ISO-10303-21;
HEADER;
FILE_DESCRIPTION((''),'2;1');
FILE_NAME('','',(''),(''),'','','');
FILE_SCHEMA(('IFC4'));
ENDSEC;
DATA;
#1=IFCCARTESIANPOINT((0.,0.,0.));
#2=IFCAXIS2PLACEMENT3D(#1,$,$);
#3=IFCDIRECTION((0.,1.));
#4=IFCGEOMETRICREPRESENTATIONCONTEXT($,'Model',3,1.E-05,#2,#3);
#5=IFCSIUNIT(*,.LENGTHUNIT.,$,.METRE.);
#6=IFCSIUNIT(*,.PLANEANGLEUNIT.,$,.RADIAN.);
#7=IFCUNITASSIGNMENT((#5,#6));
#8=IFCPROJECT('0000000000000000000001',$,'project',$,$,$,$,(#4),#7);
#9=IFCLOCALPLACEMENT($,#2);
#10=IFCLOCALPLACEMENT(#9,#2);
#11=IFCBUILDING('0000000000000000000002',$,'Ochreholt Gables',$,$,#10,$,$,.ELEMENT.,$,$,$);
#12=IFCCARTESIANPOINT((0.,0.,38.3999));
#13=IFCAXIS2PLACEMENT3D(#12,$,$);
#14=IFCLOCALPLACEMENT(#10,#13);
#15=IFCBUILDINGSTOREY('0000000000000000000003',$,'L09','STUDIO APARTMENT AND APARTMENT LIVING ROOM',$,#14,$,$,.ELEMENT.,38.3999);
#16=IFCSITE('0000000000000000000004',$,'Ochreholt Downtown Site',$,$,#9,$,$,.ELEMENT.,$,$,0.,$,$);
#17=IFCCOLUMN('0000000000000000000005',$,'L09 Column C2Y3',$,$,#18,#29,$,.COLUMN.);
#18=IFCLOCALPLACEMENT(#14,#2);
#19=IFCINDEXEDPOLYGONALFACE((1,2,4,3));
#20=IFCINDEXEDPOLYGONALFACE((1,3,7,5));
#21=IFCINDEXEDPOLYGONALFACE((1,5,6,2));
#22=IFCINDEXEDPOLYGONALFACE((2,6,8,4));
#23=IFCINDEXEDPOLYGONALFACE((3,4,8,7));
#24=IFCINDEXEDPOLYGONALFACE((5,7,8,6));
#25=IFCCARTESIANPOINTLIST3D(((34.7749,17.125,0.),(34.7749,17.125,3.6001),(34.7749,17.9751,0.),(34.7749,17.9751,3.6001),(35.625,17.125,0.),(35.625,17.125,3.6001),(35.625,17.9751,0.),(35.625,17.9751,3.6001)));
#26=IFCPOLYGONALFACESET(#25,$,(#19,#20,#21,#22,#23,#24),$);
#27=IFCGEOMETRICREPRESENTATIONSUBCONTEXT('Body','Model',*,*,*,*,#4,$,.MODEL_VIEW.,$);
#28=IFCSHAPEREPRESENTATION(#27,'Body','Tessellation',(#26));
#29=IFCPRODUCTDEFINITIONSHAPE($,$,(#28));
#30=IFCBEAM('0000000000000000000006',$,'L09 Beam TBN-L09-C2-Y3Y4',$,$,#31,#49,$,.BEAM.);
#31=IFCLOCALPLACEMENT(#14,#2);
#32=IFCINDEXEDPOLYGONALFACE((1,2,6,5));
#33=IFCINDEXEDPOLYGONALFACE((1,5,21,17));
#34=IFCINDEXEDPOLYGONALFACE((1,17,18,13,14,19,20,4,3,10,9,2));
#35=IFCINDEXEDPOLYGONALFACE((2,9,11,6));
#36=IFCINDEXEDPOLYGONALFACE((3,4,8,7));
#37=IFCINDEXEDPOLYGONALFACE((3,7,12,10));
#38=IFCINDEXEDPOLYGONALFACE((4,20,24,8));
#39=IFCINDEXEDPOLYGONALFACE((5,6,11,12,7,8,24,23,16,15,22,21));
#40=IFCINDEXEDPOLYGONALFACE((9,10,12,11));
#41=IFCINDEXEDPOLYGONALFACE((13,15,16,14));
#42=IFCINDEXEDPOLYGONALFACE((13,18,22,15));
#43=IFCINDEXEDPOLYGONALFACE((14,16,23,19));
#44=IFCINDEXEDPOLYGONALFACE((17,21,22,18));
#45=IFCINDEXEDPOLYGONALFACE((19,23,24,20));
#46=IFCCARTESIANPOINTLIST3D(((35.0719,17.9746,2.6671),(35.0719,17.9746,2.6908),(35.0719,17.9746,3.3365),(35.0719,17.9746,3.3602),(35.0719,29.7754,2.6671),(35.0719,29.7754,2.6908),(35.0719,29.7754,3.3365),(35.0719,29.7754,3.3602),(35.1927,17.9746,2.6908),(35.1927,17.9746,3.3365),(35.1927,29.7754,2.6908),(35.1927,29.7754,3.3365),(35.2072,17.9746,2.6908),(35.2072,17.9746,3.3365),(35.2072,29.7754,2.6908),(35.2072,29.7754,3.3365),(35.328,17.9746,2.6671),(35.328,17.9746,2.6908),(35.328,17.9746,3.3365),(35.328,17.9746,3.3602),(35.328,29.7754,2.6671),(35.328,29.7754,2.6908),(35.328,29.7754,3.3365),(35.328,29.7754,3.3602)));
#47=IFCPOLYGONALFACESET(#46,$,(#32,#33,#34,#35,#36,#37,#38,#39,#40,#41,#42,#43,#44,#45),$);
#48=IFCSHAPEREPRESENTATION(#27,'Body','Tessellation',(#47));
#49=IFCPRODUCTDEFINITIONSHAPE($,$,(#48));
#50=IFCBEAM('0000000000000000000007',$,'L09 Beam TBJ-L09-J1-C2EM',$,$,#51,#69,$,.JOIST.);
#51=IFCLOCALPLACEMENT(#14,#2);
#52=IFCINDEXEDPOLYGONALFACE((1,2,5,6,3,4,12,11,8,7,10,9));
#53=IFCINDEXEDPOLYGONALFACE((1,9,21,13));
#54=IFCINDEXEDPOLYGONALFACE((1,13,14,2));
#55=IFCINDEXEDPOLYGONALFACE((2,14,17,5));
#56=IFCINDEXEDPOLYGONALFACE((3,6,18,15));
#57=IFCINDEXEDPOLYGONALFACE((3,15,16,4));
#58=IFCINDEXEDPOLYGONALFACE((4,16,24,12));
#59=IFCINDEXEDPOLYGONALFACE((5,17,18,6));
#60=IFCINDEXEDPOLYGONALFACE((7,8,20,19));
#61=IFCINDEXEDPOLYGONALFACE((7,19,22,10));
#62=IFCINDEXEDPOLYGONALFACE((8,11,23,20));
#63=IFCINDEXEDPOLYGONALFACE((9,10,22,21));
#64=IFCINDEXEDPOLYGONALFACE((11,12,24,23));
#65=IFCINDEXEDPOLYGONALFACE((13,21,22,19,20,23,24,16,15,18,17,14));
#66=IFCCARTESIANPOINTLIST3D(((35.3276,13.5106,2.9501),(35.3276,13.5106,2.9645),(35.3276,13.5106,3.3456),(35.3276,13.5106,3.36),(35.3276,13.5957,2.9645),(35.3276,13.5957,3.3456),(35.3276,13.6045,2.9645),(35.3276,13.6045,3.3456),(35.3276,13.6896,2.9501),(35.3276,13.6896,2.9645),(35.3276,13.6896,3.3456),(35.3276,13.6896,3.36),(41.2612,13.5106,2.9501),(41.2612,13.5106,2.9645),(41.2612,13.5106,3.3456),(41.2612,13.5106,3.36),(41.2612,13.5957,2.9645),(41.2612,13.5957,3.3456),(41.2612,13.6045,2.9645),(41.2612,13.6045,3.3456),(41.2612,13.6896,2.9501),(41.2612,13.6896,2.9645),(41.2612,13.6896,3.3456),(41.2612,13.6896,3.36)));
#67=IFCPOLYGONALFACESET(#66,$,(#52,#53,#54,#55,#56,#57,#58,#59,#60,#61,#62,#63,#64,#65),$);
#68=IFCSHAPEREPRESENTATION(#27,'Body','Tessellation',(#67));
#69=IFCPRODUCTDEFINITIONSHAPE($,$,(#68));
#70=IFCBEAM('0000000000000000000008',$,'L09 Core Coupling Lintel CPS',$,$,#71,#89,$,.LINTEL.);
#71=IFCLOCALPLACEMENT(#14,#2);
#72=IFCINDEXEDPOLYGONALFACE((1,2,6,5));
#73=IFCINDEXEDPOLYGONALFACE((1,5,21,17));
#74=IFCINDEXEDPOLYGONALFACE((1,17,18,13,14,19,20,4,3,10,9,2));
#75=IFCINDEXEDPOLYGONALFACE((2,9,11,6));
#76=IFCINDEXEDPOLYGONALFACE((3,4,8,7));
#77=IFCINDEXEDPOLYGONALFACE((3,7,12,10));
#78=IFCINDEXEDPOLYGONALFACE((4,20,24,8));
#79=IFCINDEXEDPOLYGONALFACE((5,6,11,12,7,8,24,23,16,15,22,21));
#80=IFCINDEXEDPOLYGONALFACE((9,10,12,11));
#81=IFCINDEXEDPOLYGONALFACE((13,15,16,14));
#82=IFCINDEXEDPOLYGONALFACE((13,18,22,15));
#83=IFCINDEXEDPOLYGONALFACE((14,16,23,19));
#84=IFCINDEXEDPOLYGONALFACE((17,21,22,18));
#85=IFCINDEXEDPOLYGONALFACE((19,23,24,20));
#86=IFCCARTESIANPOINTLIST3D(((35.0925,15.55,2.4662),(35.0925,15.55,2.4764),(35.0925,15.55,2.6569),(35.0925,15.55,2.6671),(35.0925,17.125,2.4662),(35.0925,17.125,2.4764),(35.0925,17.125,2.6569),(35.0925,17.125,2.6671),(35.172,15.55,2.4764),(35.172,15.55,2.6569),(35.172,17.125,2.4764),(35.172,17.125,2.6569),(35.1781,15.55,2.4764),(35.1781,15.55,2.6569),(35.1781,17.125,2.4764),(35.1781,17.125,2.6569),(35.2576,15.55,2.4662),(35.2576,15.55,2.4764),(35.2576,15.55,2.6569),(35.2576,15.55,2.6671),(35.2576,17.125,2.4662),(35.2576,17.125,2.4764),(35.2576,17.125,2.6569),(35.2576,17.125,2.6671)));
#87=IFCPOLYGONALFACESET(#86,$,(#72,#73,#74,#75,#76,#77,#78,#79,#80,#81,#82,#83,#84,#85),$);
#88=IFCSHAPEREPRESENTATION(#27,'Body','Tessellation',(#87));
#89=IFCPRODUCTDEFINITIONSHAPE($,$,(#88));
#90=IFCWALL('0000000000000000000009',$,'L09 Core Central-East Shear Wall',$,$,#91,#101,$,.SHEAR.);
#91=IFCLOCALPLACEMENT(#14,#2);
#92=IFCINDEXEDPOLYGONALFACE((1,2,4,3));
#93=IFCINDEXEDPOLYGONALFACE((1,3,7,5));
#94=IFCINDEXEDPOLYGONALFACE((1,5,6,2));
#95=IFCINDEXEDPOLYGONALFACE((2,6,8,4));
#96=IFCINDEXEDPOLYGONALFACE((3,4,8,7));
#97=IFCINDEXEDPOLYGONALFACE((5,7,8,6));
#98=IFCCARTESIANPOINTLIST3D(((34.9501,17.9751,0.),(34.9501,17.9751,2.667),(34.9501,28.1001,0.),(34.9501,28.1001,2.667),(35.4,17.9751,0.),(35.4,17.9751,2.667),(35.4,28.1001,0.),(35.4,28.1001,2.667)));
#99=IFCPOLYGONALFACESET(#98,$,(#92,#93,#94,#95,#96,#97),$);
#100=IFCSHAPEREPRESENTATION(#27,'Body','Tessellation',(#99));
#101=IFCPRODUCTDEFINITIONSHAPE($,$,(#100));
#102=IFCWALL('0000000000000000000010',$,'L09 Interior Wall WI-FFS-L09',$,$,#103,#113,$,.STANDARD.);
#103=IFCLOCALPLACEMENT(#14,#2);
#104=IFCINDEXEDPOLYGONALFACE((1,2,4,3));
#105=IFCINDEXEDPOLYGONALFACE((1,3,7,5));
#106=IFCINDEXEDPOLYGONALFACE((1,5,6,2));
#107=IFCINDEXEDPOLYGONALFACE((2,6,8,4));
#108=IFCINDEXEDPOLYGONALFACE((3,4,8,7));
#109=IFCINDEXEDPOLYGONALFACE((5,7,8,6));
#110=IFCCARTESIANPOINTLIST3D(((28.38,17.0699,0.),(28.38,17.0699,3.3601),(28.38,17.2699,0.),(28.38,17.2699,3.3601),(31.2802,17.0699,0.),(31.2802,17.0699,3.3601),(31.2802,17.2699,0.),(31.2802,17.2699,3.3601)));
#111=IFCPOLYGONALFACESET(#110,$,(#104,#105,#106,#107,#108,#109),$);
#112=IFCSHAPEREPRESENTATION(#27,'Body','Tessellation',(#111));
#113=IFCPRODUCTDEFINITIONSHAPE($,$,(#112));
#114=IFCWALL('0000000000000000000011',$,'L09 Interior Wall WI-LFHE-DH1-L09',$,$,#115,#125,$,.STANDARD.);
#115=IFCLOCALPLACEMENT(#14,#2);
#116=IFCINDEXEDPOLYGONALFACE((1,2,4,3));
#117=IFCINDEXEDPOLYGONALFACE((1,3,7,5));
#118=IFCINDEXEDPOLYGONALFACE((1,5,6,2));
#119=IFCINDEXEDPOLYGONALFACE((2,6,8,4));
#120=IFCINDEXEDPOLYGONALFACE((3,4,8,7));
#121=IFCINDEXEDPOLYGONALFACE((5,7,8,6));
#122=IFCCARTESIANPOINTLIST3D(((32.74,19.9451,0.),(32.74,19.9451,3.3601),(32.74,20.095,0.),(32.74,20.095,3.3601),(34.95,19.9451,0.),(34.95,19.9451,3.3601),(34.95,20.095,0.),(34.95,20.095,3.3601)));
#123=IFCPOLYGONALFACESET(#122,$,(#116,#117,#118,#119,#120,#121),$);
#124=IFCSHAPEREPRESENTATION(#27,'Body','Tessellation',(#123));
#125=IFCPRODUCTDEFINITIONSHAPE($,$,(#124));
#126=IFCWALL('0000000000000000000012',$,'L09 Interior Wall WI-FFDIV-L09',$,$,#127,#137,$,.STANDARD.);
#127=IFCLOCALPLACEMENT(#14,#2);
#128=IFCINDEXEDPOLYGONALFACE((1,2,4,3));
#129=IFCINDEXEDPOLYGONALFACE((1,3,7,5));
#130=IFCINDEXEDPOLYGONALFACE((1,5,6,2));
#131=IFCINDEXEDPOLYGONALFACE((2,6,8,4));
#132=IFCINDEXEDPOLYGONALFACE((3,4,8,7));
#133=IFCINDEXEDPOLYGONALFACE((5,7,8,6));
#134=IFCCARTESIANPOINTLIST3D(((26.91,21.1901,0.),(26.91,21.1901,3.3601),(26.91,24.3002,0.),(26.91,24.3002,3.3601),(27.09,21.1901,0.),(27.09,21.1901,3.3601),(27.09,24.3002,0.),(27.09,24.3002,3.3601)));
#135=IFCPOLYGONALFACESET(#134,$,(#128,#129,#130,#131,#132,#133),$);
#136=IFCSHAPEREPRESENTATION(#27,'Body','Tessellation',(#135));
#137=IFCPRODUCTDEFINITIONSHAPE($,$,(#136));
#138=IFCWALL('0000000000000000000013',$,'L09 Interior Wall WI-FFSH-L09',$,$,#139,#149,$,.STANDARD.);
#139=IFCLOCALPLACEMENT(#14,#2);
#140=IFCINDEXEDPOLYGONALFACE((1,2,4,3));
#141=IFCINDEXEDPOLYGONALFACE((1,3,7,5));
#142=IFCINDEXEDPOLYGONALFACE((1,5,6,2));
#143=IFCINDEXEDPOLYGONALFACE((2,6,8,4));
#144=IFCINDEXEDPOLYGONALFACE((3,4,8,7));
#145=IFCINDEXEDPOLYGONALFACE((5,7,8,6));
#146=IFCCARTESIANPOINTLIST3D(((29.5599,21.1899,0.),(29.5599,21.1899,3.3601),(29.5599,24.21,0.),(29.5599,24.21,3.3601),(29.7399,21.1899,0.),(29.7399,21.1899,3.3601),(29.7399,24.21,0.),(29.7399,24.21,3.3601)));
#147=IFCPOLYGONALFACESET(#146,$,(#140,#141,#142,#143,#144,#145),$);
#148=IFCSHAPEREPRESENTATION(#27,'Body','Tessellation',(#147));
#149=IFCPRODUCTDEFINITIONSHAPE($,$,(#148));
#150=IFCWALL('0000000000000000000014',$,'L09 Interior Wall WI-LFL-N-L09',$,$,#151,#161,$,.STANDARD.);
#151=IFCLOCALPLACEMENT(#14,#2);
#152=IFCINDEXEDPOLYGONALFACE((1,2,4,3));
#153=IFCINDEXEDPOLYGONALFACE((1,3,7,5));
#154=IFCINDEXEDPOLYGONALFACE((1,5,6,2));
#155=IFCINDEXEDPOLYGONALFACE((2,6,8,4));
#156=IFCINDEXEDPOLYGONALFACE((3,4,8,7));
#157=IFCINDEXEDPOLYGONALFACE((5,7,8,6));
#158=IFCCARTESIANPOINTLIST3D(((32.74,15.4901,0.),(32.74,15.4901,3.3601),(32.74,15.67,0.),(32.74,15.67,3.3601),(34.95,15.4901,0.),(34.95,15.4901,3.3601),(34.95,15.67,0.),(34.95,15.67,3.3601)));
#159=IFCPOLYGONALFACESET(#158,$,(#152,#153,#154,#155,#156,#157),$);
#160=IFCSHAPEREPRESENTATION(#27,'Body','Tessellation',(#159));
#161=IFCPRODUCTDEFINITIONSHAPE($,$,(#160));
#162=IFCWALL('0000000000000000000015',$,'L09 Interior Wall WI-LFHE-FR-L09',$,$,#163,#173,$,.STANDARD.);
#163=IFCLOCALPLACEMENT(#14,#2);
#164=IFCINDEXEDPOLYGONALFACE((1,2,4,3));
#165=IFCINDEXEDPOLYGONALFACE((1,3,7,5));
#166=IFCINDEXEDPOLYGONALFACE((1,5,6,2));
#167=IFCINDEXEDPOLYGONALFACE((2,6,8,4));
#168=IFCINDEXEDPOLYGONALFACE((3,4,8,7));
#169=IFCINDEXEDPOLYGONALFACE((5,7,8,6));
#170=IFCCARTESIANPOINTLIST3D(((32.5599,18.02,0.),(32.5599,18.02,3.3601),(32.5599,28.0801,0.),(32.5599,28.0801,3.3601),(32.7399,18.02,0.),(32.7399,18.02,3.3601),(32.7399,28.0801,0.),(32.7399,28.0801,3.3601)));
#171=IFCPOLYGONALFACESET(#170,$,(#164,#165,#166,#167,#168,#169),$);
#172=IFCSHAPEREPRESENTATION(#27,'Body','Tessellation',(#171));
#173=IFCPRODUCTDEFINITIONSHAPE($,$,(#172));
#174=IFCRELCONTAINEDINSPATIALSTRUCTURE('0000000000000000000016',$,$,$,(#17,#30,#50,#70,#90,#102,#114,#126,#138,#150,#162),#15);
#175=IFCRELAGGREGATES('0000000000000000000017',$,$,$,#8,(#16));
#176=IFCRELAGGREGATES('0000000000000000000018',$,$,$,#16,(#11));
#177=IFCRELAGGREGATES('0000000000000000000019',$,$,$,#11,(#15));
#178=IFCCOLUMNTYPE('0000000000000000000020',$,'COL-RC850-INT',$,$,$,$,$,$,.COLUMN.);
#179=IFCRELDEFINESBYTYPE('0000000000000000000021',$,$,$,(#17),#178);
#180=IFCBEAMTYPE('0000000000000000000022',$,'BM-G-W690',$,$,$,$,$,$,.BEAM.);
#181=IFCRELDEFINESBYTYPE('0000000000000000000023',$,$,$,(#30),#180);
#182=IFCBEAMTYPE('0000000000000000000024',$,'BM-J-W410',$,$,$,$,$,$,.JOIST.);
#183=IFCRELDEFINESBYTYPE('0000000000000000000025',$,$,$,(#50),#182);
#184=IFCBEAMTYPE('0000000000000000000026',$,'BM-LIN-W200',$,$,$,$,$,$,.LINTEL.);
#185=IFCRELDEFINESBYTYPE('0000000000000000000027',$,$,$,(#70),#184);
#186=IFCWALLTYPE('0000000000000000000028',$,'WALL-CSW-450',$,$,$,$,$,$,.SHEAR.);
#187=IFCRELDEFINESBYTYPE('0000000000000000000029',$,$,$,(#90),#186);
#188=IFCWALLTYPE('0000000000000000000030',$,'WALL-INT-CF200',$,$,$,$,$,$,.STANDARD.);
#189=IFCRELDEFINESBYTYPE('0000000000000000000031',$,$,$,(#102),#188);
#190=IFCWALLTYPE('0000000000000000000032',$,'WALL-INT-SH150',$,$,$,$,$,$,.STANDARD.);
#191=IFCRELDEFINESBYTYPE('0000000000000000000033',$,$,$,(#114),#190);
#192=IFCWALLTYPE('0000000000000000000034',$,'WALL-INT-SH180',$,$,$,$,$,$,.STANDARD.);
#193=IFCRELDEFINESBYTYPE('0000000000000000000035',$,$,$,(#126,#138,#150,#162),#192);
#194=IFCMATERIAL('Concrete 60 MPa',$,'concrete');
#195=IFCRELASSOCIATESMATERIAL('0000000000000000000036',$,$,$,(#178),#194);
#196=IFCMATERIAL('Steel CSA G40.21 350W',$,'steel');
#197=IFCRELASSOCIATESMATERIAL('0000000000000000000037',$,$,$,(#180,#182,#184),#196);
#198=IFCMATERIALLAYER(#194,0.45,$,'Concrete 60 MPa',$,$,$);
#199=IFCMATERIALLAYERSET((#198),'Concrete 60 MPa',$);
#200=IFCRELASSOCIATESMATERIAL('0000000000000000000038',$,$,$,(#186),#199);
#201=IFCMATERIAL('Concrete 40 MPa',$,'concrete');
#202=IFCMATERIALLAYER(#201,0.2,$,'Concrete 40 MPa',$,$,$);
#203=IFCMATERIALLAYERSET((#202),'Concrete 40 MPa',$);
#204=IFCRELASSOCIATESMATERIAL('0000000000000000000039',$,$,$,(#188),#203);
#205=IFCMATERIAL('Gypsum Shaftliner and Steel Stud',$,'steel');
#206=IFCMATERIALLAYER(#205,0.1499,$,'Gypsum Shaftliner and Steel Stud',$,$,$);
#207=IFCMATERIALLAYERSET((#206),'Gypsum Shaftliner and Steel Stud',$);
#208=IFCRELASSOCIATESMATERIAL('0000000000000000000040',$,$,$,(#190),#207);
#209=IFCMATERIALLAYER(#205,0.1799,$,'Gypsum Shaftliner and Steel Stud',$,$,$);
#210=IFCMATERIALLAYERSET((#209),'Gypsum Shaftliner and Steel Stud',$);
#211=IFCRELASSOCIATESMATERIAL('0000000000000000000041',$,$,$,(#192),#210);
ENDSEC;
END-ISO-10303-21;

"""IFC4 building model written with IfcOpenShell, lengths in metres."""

from ifc_helpers import new_model, si_unit, direction, frame, frame_2d, origin, origin_2d, place, context, subcontext, project, spatial, rectangle, i_section, extrude, material, layer, layer_set, material_profile, profile_set, type_object, element, save


model = new_model("IFC4")

# Units and contexts
model_context = context("Model", 3, precision=1e-05, world=origin(), true_north=direction((0.0, 1.0)))
body_context = subcontext(model_context, "Body", "Model", "MODEL_VIEW")
ifc_project = project(units=[si_unit("LENGTHUNIT", "METRE"), si_unit("PLANEANGLEUNIT", "RADIAN")], contexts=[model_context])

# Site, building, storey
site_placement = place(None, origin())
site = spatial("IfcSite", under=ifc_project, at=site_placement, Name="Ochreholt Downtown Site", CompositionType="ELEMENT", RefElevation=0.0)
building_placement = place(site_placement, origin())
building = spatial("IfcBuilding", under=site, at=building_placement, Name="Ochreholt Gables", CompositionType="ELEMENT")
storey_placement = place(building_placement, frame((0.0, 0.0, 38.3999)))
storey = spatial("IfcBuildingStorey", under=building, at=storey_placement, Name="L09", Description="STUDIO APARTMENT AND APARTMENT LIVING ROOM", CompositionType="ELEMENT", Elevation=38.3999)

# Column
ifc_material_1 = material(Name="Concrete 60 MPa", Category="concrete")
ifc_material_profile_1 = material_profile(ifc_material_1, rectangle(XDim=0.8501, YDim=0.8501, at=origin_2d()), Name="RC850X850")
ifc_profile_set_1 = profile_set([ifc_material_profile_1], Name="Concrete 60 MPa")
column_type = type_object("IfcColumnType", Name="COL-RC850-INT", PredefinedType="COLUMN", material=ifc_profile_set_1)
column_placement = place(storey_placement, frame((35.2, 17.55, 0.0), z_axis=(0.0, 0.0, 1.0), x_axis=(1.0, 0.0, 0.0)))
element("IfcColumn", 1, at=column_placement, inside=storey, type_object=column_type, Name="L09 Column C2Y3", PredefinedType="COLUMN", context=body_context, shape_type="SweptSolid", body=[
    extrude(rectangle(XDim=0.8501, YDim=0.8501, at=origin_2d()), origin(), (0.0, 0.0, 1.0), 3.6001),
])

# Beams
ifc_material_2 = material(Name="Steel CSA G40.21 350W", Category="steel")
ifc_material_profile_2 = material_profile(ifc_material_2, i_section(OverallWidth=0.2561, OverallDepth=0.6931, WebThickness=0.0144, FlangeThickness=0.0237, at=origin_2d()), Name="W690X170")
ifc_profile_set_2 = profile_set([ifc_material_profile_2], Name="Steel CSA G40.21 350W")
beam_type_1 = type_object("IfcBeamType", Name="BM-G-W690", PredefinedType="BEAM", material=ifc_profile_set_2)
beam_1_placement = place(storey_placement, frame((35.2, 17.9746, 3.0137), z_axis=(0.0, 1.0, 0.0), x_axis=(-1.0, 0.0, 0.0)))
element("IfcBeam", 2, at=beam_1_placement, inside=storey, type_object=beam_type_1, Name="L09 Beam TBN-L09-C2-Y3Y4", PredefinedType="BEAM", context=body_context, shape_type="SweptSolid", body=[
    extrude(i_section(OverallWidth=0.2561, OverallDepth=0.6931, WebThickness=0.0144, FlangeThickness=0.0237, at=origin_2d()), origin(), (0.0, 0.0, 1.0), 11.8008),
])
ifc_material_profile_3 = material_profile(ifc_material_2, i_section(OverallWidth=0.179, OverallDepth=0.4099, WebThickness=0.0088, FlangeThickness=0.0144, at=origin_2d()), Name="W410X67")
ifc_profile_set_3 = profile_set([ifc_material_profile_3], Name="Steel CSA G40.21 350W")
beam_type_2 = type_object("IfcBeamType", Name="BM-J-W410", PredefinedType="JOIST", material=ifc_profile_set_3)
beam_2_placement = place(storey_placement, frame((35.3276, 13.6001, 3.155), z_axis=(1.0, 0.0, 0.0), x_axis=(0.0, 1.0, 0.0)))
element("IfcBeam", 3, at=beam_2_placement, inside=storey, type_object=beam_type_2, Name="L09 Beam TBJ-L09-J1-C2EM", PredefinedType="JOIST", context=body_context, shape_type="SweptSolid", body=[
    extrude(i_section(OverallWidth=0.179, OverallDepth=0.4099, WebThickness=0.0088, FlangeThickness=0.0144, at=origin_2d()), origin(), (0.0, 0.0, 1.0), 5.9336),
])
ifc_material_profile_4 = material_profile(ifc_material_2, i_section(OverallWidth=0.165, OverallDepth=0.2009, WebThickness=0.0061, FlangeThickness=0.0103, at=origin_2d()), Name="W200X36")
ifc_profile_set_4 = profile_set([ifc_material_profile_4], Name="Steel CSA G40.21 350W")
beam_type_3 = type_object("IfcBeamType", Name="BM-LIN-W200", PredefinedType="LINTEL", material=ifc_profile_set_4)
beam_3_placement = place(storey_placement, frame((35.175, 15.55, 2.5667), z_axis=(0.0, 1.0, 0.0), x_axis=(-1.0, 0.0, 0.0)))
element("IfcBeam", 4, at=beam_3_placement, inside=storey, type_object=beam_type_3, Name="L09 Core Coupling Lintel CPS", PredefinedType="LINTEL", context=body_context, shape_type="SweptSolid", body=[
    extrude(i_section(OverallWidth=0.165, OverallDepth=0.2009, WebThickness=0.0061, FlangeThickness=0.0103, at=origin_2d()), origin(), (0.0, 0.0, 1.0), 1.575),
])

# Walls
ifc_layer_1 = layer(ifc_material_1, 0.45, Name="Concrete 60 MPa")
ifc_layer_set_1 = layer_set([ifc_layer_1], Name="Concrete 60 MPa")
wall_type_1 = type_object("IfcWallType", Name="WALL-CSW-450", PredefinedType="SHEAR", material=ifc_layer_set_1)
wall_1_placement = place(storey_placement, frame((35.175, 17.9751, 0.0), z_axis=(0.0, 0.0, 1.0), x_axis=(0.0, 1.0, 0.0)))
element("IfcWall", 5, at=wall_1_placement, inside=storey, type_object=wall_type_1, Name="L09 Core Central-East Shear Wall", PredefinedType="SHEAR", context=body_context, shape_type="SweptSolid", body=[
    extrude(rectangle(XDim=10.125, YDim=0.45, at=frame_2d((5.0625, 0.0))), origin(), (0.0, 0.0, 1.0), 2.667),
])
ifc_material_3 = material(Name="Concrete 40 MPa", Category="concrete")
ifc_layer_2 = layer(ifc_material_3, 0.2, Name="Concrete 40 MPa")
ifc_layer_set_2 = layer_set([ifc_layer_2], Name="Concrete 40 MPa")
wall_type_2 = type_object("IfcWallType", Name="WALL-INT-CF200", PredefinedType="STANDARD", material=ifc_layer_set_2)
wall_2_placement = place(storey_placement, frame((28.3799, 17.1699, 0.0), z_axis=(0.0, 0.0, 1.0), x_axis=(1.0, 0.0, 0.0)))
element("IfcWall", 6, at=wall_2_placement, inside=storey, type_object=wall_type_2, Name="L09 Interior Wall WI-FFS-L09", PredefinedType="STANDARD", context=body_context, shape_type="SweptSolid", body=[
    extrude(rectangle(XDim=2.9001, YDim=0.2, at=frame_2d((1.4502, 0.0))), origin(), (0.0, 0.0, 1.0), 3.3601),
])

# Walls
ifc_material_4 = material(Name="Gypsum Shaftliner and Steel Stud", Category="steel")
ifc_layer_3 = layer(ifc_material_4, 0.1499, Name="Gypsum Shaftliner and Steel Stud")
ifc_layer_set_3 = layer_set([ifc_layer_3], Name="Gypsum Shaftliner and Steel Stud")
wall_type_3 = type_object("IfcWallType", Name="WALL-INT-SH150", PredefinedType="STANDARD", material=ifc_layer_set_3)
wall_3_placement = place(storey_placement, frame((32.74, 20.02, 0.0), z_axis=(0.0, 0.0, 1.0), x_axis=(1.0, 0.0, 0.0)))
element("IfcWall", 7, at=wall_3_placement, inside=storey, type_object=wall_type_3, Name="L09 Interior Wall WI-LFHE-DH1-L09", PredefinedType="STANDARD", context=body_context, shape_type="SweptSolid", body=[
    extrude(rectangle(XDim=2.21, YDim=0.1499, at=frame_2d((1.105, 0.0))), origin(), (0.0, 0.0, 1.0), 3.3601),
])
ifc_layer_4 = layer(ifc_material_4, 0.1799, Name="Gypsum Shaftliner and Steel Stud")
ifc_layer_set_4 = layer_set([ifc_layer_4], Name="Gypsum Shaftliner and Steel Stud")
wall_type_4 = type_object("IfcWallType", Name="WALL-INT-SH180", PredefinedType="STANDARD", material=ifc_layer_set_4)
wall_4_placement = place(storey_placement, frame((27.0, 21.1899, 0.0), z_axis=(0.0, 0.0, 1.0), x_axis=(0.0, 1.0, 0.0)))
element("IfcWall", 8, at=wall_4_placement, inside=storey, type_object=wall_type_4, Name="L09 Interior Wall WI-FFDIV-L09", PredefinedType="STANDARD", context=body_context, shape_type="SweptSolid", body=[
    extrude(rectangle(XDim=3.1101, YDim=0.1799, at=frame_2d((1.5552, 0.0))), origin(), (0.0, 0.0, 1.0), 3.3601),
])
wall_5_placement = place(storey_placement, frame((29.6499, 21.1899, 0.0), z_axis=(0.0, 0.0, 1.0), x_axis=(0.0, 1.0, 0.0)))
element("IfcWall", 9, at=wall_5_placement, inside=storey, type_object=wall_type_4, Name="L09 Interior Wall WI-FFSH-L09", PredefinedType="STANDARD", context=body_context, shape_type="SweptSolid", body=[
    extrude(rectangle(XDim=3.02, YDim=0.1799, at=frame_2d((1.51, 0.0))), origin(), (0.0, 0.0, 1.0), 3.3601),
])
wall_6_placement = place(storey_placement, frame((32.74, 15.5801, 0.0), z_axis=(0.0, 0.0, 1.0), x_axis=(1.0, 0.0, 0.0)))
element("IfcWall", 10, at=wall_6_placement, inside=storey, type_object=wall_type_4, Name="L09 Interior Wall WI-LFL-N-L09", PredefinedType="STANDARD", context=body_context, shape_type="SweptSolid", body=[
    extrude(rectangle(XDim=2.21, YDim=0.1799, at=frame_2d((1.105, 0.0))), origin(), (0.0, 0.0, 1.0), 3.3601),
])
wall_7_placement = place(storey_placement, frame((32.6499, 18.02, 0.0), z_axis=(0.0, 0.0, 1.0), x_axis=(0.0, 1.0, 0.0)))
element("IfcWall", 11, at=wall_7_placement, inside=storey, type_object=wall_type_4, Name="L09 Interior Wall WI-LFHE-FR-L09", PredefinedType="STANDARD", context=body_context, shape_type="SweptSolid", body=[
    extrude(rectangle(XDim=10.0601, YDim=0.1799, at=frame_2d((5.03, 0.0))), origin(), (0.0, 0.0, 1.0), 3.3601),
])

save(model, "model.ifc")
